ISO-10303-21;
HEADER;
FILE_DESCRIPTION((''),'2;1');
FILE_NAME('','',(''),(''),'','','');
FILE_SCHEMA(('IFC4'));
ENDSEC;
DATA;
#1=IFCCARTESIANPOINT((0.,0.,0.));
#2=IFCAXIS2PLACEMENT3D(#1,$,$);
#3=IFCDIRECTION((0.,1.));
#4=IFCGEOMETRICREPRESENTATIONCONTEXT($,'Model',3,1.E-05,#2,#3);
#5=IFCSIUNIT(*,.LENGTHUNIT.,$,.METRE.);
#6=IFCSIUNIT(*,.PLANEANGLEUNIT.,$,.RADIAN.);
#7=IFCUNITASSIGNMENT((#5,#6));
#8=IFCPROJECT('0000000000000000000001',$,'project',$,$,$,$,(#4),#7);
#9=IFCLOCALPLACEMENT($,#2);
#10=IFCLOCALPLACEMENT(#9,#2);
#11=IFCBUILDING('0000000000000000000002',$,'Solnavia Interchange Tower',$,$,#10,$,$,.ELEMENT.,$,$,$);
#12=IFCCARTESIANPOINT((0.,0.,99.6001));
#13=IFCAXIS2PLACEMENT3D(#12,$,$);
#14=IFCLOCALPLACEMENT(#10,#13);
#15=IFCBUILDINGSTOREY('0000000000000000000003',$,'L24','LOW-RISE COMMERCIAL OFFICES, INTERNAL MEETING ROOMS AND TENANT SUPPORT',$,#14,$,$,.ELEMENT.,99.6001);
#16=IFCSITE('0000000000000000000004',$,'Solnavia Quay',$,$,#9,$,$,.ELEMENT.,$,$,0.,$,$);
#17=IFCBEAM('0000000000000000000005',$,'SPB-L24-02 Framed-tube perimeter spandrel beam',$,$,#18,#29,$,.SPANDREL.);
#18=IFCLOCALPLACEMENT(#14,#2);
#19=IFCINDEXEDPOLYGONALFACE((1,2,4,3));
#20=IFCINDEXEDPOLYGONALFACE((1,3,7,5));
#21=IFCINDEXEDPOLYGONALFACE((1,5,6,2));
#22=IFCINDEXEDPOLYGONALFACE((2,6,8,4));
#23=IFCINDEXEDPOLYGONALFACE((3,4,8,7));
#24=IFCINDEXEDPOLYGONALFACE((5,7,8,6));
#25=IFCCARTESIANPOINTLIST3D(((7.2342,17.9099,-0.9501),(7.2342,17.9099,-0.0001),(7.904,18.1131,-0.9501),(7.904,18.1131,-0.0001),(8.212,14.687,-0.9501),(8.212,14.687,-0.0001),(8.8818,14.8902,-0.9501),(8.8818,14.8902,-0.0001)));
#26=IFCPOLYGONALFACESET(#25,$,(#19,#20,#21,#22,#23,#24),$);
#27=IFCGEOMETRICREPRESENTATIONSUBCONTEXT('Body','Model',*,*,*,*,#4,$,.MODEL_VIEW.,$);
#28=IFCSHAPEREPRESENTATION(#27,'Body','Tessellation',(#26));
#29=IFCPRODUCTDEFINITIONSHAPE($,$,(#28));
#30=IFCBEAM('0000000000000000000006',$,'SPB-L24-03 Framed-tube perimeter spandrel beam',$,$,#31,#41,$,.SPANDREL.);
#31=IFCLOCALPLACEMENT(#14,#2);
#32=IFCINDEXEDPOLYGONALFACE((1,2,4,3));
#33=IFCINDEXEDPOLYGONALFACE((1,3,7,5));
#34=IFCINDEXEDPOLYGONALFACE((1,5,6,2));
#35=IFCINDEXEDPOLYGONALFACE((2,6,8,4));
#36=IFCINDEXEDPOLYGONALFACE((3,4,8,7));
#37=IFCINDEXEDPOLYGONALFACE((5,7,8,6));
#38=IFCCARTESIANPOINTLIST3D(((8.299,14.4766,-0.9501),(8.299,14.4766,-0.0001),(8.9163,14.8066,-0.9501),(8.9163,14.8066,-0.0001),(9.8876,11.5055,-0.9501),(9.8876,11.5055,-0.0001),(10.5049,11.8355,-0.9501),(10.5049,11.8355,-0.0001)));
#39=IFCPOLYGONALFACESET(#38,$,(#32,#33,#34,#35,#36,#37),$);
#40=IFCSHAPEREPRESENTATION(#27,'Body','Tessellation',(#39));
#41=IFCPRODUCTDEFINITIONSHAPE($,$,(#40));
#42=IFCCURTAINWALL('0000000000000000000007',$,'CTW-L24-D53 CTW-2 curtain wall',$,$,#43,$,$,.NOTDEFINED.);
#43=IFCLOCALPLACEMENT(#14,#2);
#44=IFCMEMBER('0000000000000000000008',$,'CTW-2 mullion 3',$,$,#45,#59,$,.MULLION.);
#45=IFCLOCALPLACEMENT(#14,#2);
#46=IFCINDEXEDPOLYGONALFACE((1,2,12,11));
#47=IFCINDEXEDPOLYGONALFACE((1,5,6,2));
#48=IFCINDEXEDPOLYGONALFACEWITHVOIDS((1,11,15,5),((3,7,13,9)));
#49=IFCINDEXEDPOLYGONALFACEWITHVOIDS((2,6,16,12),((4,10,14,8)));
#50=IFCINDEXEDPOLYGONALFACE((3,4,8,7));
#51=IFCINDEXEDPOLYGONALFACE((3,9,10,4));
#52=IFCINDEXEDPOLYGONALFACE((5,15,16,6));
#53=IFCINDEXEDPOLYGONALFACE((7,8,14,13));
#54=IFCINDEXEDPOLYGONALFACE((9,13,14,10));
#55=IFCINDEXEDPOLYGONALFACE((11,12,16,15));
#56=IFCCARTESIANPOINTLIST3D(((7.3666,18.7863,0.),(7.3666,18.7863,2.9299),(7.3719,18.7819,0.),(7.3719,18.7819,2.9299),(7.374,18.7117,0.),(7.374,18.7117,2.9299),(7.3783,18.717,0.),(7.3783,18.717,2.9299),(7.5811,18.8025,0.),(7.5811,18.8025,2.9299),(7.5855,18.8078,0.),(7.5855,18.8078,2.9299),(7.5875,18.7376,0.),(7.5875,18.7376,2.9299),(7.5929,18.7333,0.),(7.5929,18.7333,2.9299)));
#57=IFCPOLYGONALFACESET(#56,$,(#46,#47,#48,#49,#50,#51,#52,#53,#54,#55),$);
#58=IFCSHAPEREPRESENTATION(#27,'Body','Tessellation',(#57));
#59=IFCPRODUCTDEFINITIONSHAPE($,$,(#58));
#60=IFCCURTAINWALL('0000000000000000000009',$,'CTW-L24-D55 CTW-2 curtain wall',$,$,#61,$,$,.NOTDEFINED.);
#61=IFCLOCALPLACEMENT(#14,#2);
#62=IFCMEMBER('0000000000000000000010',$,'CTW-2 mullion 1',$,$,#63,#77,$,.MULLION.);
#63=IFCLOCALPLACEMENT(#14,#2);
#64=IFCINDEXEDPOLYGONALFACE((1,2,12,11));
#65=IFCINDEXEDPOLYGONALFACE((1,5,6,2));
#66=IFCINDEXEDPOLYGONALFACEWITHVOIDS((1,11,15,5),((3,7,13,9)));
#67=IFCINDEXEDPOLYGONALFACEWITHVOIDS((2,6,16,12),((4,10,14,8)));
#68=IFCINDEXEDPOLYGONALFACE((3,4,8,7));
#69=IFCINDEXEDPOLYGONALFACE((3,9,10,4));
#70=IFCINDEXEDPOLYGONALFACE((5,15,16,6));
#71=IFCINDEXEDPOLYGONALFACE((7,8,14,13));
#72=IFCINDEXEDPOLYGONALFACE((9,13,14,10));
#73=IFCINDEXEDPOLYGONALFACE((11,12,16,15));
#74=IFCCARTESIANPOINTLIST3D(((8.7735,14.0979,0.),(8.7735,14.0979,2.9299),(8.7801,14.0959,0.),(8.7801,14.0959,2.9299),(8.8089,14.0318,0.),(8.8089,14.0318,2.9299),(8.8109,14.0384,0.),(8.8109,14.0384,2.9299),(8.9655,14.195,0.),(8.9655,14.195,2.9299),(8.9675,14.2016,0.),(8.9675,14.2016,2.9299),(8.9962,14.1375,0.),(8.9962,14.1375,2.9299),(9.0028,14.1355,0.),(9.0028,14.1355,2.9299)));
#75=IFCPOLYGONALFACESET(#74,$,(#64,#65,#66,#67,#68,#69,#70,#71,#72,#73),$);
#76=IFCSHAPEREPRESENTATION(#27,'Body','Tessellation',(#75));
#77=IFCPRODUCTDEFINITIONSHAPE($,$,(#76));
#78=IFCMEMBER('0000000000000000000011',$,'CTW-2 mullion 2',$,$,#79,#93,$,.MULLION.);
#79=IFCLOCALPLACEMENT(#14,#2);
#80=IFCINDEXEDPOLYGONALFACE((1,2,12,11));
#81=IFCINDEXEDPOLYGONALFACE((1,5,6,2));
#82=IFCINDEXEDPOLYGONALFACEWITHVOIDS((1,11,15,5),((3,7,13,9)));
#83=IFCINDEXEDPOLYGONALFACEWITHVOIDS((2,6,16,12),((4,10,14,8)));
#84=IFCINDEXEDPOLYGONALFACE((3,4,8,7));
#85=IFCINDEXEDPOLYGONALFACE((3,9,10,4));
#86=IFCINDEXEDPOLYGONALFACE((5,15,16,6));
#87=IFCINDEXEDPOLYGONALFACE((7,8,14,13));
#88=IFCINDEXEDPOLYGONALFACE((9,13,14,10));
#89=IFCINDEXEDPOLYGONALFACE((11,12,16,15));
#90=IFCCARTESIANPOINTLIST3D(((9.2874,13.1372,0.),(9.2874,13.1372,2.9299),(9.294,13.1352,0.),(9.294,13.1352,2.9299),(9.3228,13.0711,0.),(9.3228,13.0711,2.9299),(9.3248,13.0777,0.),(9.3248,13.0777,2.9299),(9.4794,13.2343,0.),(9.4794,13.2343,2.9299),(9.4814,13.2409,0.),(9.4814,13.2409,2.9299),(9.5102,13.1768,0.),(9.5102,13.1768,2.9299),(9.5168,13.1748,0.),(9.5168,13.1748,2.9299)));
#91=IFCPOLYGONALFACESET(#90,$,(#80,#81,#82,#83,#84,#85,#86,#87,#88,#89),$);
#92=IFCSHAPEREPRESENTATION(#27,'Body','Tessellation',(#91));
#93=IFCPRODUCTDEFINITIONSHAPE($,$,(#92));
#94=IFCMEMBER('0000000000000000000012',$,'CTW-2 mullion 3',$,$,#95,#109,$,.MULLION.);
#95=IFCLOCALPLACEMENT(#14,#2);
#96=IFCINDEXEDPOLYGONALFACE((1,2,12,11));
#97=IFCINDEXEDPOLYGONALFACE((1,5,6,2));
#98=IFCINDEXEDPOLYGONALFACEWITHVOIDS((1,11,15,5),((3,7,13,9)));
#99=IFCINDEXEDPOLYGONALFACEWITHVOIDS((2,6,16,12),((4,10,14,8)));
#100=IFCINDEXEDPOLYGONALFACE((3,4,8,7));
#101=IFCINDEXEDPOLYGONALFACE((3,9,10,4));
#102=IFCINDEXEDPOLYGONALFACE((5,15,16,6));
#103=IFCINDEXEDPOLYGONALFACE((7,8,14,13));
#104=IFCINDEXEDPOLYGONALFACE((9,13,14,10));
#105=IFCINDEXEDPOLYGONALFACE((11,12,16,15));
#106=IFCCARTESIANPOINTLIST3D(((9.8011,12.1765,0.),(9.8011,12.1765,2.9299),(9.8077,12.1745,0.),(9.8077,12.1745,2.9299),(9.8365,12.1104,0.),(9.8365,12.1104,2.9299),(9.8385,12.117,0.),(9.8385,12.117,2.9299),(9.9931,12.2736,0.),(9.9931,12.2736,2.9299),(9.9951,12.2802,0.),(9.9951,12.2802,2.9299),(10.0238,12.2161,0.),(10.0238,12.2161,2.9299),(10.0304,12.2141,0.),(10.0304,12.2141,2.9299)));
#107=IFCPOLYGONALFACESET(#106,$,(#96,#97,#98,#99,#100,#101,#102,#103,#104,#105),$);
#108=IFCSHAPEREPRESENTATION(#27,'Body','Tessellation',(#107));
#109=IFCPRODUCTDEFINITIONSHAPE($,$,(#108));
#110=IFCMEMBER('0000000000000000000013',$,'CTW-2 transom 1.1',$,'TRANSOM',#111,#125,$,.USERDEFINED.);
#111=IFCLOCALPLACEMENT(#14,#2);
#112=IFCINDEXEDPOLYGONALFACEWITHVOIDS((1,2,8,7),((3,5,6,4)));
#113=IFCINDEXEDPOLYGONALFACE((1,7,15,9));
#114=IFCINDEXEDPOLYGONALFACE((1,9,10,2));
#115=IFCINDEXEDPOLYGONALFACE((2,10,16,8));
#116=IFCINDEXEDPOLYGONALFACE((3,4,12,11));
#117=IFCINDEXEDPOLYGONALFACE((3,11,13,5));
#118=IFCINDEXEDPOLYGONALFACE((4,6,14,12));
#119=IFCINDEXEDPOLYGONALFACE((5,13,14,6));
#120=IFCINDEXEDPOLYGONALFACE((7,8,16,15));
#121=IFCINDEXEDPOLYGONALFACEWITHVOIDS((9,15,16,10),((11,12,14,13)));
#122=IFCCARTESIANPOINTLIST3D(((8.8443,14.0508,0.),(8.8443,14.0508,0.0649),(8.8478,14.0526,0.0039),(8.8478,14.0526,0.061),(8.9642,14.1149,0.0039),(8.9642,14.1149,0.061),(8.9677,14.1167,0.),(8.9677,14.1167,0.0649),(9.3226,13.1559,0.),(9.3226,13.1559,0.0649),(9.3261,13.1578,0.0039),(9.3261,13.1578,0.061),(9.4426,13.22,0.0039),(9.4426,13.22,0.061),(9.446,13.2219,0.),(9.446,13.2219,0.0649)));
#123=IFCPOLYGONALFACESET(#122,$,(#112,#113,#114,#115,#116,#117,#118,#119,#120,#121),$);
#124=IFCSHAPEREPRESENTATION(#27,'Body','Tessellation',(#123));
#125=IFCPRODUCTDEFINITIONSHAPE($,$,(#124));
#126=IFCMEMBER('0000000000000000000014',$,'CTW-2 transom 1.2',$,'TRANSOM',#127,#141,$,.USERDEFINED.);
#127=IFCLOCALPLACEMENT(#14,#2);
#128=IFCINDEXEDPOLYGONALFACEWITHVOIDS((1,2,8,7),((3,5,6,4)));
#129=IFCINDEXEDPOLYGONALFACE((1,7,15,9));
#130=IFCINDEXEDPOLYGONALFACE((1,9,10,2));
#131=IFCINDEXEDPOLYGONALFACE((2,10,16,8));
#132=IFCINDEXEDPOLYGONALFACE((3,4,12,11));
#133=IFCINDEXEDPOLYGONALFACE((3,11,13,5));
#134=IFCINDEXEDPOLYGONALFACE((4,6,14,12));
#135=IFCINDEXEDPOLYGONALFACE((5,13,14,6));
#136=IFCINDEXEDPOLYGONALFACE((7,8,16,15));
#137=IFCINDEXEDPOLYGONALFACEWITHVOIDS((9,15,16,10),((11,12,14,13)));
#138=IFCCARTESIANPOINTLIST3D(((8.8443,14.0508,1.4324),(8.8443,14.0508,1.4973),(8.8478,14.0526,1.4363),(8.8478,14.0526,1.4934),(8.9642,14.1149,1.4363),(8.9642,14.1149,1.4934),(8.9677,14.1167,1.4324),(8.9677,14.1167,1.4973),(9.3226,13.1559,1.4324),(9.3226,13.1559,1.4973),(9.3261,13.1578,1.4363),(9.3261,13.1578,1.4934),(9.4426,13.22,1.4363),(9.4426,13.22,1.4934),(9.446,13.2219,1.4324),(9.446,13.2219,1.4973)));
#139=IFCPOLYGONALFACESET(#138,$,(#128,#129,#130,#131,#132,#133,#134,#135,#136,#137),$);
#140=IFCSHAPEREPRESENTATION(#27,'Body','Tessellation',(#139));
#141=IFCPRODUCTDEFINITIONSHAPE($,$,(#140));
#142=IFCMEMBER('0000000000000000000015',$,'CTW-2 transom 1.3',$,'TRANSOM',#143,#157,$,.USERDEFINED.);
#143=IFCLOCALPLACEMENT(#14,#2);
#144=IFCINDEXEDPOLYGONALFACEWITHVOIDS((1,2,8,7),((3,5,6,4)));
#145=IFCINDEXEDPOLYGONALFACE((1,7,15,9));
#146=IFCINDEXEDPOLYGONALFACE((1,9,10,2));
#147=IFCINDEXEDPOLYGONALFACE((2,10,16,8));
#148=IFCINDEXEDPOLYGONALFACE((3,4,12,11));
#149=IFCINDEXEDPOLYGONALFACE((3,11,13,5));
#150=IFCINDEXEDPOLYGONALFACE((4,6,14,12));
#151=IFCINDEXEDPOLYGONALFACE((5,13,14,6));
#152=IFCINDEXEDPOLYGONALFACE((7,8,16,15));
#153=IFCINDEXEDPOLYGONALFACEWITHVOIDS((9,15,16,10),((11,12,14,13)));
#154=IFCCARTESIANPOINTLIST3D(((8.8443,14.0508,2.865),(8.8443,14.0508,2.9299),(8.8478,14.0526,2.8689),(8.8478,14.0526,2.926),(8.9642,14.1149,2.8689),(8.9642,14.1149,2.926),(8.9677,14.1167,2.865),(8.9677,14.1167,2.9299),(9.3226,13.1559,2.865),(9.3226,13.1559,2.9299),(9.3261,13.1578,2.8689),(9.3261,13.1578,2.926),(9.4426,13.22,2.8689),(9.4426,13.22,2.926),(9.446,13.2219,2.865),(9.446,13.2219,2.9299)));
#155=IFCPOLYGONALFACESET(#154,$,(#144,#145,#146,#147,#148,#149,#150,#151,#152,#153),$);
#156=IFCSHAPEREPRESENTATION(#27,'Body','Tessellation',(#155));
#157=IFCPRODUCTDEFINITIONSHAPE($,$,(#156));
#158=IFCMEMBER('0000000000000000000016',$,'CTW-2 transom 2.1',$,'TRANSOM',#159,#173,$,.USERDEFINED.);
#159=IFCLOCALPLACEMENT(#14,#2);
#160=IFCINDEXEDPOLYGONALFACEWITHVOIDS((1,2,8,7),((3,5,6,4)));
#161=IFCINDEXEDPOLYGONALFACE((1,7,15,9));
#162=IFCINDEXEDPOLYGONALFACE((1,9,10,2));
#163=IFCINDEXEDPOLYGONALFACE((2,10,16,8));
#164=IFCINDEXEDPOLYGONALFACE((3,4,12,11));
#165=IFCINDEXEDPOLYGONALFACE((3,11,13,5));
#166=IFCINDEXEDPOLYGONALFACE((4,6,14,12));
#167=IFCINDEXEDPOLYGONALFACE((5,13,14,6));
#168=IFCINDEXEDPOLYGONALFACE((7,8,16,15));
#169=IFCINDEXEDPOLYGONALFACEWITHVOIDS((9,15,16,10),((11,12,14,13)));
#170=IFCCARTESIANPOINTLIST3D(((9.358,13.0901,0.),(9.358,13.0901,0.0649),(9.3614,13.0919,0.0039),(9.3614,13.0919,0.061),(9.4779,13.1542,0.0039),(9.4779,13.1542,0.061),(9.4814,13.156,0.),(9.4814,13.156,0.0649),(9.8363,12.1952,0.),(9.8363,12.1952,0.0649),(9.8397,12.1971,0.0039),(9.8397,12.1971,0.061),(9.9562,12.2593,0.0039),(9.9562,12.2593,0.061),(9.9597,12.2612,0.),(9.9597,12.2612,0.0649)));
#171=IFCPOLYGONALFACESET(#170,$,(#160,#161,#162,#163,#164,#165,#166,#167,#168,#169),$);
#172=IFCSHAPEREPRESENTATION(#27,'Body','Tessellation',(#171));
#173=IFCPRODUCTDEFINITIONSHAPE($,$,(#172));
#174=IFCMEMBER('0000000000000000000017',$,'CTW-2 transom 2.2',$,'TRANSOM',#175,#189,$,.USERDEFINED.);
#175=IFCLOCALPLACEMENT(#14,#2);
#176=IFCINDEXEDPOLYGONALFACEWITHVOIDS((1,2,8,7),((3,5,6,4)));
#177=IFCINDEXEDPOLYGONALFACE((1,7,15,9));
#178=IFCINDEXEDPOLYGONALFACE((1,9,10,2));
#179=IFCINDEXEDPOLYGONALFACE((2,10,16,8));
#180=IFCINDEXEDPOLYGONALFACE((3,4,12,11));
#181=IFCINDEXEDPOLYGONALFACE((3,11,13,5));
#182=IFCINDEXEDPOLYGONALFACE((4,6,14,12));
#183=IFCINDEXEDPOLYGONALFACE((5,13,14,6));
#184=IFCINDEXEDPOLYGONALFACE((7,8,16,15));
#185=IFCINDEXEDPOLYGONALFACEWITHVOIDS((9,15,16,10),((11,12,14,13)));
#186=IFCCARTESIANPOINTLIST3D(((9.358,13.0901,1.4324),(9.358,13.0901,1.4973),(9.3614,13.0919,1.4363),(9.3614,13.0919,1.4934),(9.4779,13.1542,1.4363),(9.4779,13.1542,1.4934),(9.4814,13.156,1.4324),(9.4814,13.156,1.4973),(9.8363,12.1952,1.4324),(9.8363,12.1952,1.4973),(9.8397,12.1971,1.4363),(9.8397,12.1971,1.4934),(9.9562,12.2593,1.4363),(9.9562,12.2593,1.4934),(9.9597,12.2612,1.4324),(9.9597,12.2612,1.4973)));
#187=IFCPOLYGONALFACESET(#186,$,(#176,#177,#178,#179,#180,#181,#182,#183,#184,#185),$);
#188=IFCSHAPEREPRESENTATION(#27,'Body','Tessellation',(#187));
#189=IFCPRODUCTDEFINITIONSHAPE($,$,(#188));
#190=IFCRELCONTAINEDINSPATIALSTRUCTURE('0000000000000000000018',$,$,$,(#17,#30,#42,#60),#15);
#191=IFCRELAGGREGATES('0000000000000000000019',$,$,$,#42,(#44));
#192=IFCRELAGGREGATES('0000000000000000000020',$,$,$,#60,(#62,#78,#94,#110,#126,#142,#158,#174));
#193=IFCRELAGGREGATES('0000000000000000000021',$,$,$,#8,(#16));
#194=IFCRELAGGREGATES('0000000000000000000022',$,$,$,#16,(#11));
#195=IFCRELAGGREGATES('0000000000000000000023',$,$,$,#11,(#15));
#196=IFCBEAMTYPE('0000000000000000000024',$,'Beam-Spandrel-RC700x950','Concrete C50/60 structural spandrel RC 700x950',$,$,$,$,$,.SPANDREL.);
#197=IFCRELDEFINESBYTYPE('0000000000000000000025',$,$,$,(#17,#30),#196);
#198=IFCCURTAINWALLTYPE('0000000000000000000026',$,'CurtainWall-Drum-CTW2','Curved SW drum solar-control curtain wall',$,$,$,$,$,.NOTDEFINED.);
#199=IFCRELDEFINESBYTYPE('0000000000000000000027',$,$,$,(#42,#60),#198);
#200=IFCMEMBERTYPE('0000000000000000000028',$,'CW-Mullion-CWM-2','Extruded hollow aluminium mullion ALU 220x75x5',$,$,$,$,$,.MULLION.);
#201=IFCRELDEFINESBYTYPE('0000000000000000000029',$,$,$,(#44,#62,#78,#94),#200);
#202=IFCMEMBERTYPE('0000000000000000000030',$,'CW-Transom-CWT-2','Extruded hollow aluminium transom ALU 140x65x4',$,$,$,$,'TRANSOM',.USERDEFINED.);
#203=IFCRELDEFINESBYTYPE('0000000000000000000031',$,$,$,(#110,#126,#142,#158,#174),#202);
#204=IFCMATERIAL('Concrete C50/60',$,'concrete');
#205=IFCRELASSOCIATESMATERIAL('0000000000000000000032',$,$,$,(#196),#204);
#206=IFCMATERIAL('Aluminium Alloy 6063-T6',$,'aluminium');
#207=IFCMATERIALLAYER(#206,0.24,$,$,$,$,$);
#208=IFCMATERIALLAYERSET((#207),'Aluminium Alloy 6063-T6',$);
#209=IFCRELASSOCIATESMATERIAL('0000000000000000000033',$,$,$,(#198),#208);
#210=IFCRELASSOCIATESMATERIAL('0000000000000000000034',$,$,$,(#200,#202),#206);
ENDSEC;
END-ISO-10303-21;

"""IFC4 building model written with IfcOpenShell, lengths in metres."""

from ifc_helpers import new_model, si_unit, direction, frame, origin, origin_2d, place, context, subcontext, project, spatial, rectangle, hollow_rectangle, extrude, material, layer, layer_set, material_profile, profile_set, type_object, element, aggregate, save


model = new_model("IFC4")

# Units and contexts
model_context = context("Model", 3, precision=1e-05, world=origin(), true_north=direction((0.0, 1.0)))
body_context = subcontext(model_context, "Body", "Model", "MODEL_VIEW")
ifc_project = project(units=[si_unit("LENGTHUNIT", "METRE"), si_unit("PLANEANGLEUNIT", "RADIAN")], contexts=[model_context])

# Site, building, storey
site_placement = place(None, origin())
site = spatial("IfcSite", under=ifc_project, at=site_placement, Name="Solnavia Quay", CompositionType="ELEMENT", RefElevation=0.0)
building_placement = place(site_placement, origin())
building = spatial("IfcBuilding", under=site, at=building_placement, Name="Solnavia Interchange Tower", CompositionType="ELEMENT")
storey_placement = place(building_placement, frame((0.0, 0.0, 99.6001)))
storey = spatial("IfcBuildingStorey", under=building, at=storey_placement, Name="L24", Description="LOW-RISE COMMERCIAL OFFICES, INTERNAL MEETING ROOMS AND TENANT SUPPORT", CompositionType="ELEMENT", Elevation=99.6001)

# Beams
ifc_material_1 = material(Name="Concrete C50/60", Category="concrete")
ifc_material_profile_1 = material_profile(ifc_material_1, rectangle(XDim=0.7, YDim=0.95, at=origin_2d()), Name="RC 700x950")
ifc_profile_set_1 = profile_set([ifc_material_profile_1], Name="Concrete C50/60")
beam_type_1 = type_object("IfcBeamType", Name="Beam-Spandrel-RC700x950", Description="Concrete C50/60 structural spandrel RC 700x950", PredefinedType="SPANDREL", material=ifc_profile_set_1)
beam_1_placement = place(storey_placement, frame((7.5691, 18.0115, -0.4751), z_axis=(0.290319, -0.95693, 0.0), x_axis=(0.95693, 0.290319, 0.0)))
element("IfcBeam", 1, at=beam_1_placement, inside=storey, type_object=beam_type_1, Name="SPB-L24-02 Framed-tube perimeter spandrel beam", PredefinedType="SPANDREL", context=body_context, shape_type="SweptSolid", body=[
    extrude(rectangle(XDim=0.7, YDim=0.95, at=origin_2d()), origin(), (0.0, 0.0, 1.0), 3.3679),
])
beam_2_placement = place(storey_placement, frame((8.6077, 14.6416, -0.4751), z_axis=(0.471509, -0.881861, 0.0), x_axis=(0.881861, 0.471509, 0.0)))
element("IfcBeam", 2, at=beam_2_placement, inside=storey, type_object=beam_type_1, Name="SPB-L24-03 Framed-tube perimeter spandrel beam", PredefinedType="SPANDREL", context=body_context, shape_type="SweptSolid", body=[
    extrude(rectangle(XDim=0.7, YDim=0.95, at=origin_2d()), origin(), (0.0, 0.0, 1.0), 3.3691),
])

# Curtain wall, member
ifc_material_2 = material(Name="Aluminium Alloy 6063-T6", Category="aluminium")
ifc_layer_1 = layer(ifc_material_2, 0.24)
ifc_layer_set_1 = layer_set([ifc_layer_1], Name="Aluminium Alloy 6063-T6")
curtain_wall_type = type_object("IfcCurtainWallType", Name="CurtainWall-Drum-CTW2", Description="Curved SW drum solar-control curtain wall", PredefinedType="NOTDEFINED", material=ifc_layer_set_1)
curtain_wall_1_placement = place(storey_placement, origin())
curtain_wall_1 = element("IfcCurtainWall", 3, at=curtain_wall_1_placement, inside=storey, type_object=curtain_wall_type, Name="CTW-L24-D53 CTW-2 curtain wall", PredefinedType="NOTDEFINED")
ifc_material_profile_2 = material_profile(ifc_material_2, hollow_rectangle(XDim=0.075, YDim=0.22, WallThickness=0.0049, at=origin_2d()), Name="ALU 220x75x5")
ifc_profile_set_2 = profile_set([ifc_material_profile_2], Name="Aluminium Alloy 6063-T6")
member_type_1 = type_object("IfcMemberType", Name="CW-Mullion-CWM-2", Description="Extruded hollow aluminium mullion ALU 220x75x5", PredefinedType="MULLION", material=ifc_profile_set_2)
member_1_placement = place(storey_placement, frame((7.4797, 18.7598, 0.0), z_axis=(0.0, 0.0, 1.0), x_axis=(0.098045, -0.995182, 0.0)))
member_1 = element("IfcMember", 4, at=member_1_placement, type_object=member_type_1, Name="CTW-2 mullion 3", PredefinedType="MULLION", context=body_context, shape_type="SweptSolid", body=[
    extrude(hollow_rectangle(XDim=0.075, YDim=0.22, WallThickness=0.0049, at=origin_2d()), origin(), (0.0, 0.0, 1.0), 2.9299),
])
aggregate(curtain_wall_1, [member_1])

# Curtain wall, members
curtain_wall_2_placement = place(storey_placement, origin())
curtain_wall_2 = element("IfcCurtainWall", 5, at=curtain_wall_2_placement, inside=storey, type_object=curtain_wall_type, Name="CTW-L24-D55 CTW-2 curtain wall", PredefinedType="NOTDEFINED")
member_2_placement = place(storey_placement, frame((8.8882, 14.1167, 0.0), z_axis=(0.0, 0.0, 1.0), x_axis=(0.471537, -0.881846, 0.0)))
member_2 = element("IfcMember", 6, at=member_2_placement, type_object=member_type_1, Name="CTW-2 mullion 1", PredefinedType="MULLION", context=body_context, shape_type="SweptSolid", body=[
    extrude(hollow_rectangle(XDim=0.075, YDim=0.22, WallThickness=0.0049, at=origin_2d()), origin(), (0.0, 0.0, 1.0), 2.9299),
])
member_3_placement = place(storey_placement, frame((9.4021, 13.156, 0.0), z_axis=(0.0, 0.0, 1.0), x_axis=(0.471537, -0.881846, 0.0)))
member_3 = element("IfcMember", 7, at=member_3_placement, type_object=member_type_1, Name="CTW-2 mullion 2", PredefinedType="MULLION", context=body_context, shape_type="SweptSolid", body=[
    extrude(hollow_rectangle(XDim=0.075, YDim=0.22, WallThickness=0.0049, at=origin_2d()), origin(), (0.0, 0.0, 1.0), 2.9299),
])
member_4_placement = place(storey_placement, frame((9.9158, 12.1953, 0.0), z_axis=(0.0, 0.0, 1.0), x_axis=(0.471537, -0.881846, 0.0)))
member_4 = element("IfcMember", 8, at=member_4_placement, type_object=member_type_1, Name="CTW-2 mullion 3", PredefinedType="MULLION", context=body_context, shape_type="SweptSolid", body=[
    extrude(hollow_rectangle(XDim=0.075, YDim=0.22, WallThickness=0.0049, at=origin_2d()), origin(), (0.0, 0.0, 1.0), 2.9299),
])
ifc_material_profile_3 = material_profile(ifc_material_2, hollow_rectangle(XDim=0.0649, YDim=0.1399, WallThickness=0.0039, at=origin_2d()), Name="ALU 140x65x4")
ifc_profile_set_3 = profile_set([ifc_material_profile_3], Name="Aluminium Alloy 6063-T6")
member_type_2 = type_object("IfcMemberType", Name="CW-Transom-CWT-2", Description="Extruded hollow aluminium transom ALU 140x65x4", ElementType="TRANSOM", PredefinedType="USERDEFINED", material=ifc_profile_set_3)
member_5_placement = place(storey_placement, frame((8.906, 14.0837, 0.0325), z_axis=(0.4714, -0.88192, 0.0), x_axis=(0.0, 0.0, 1.0)))
member_5 = element("IfcMember", 9, at=member_5_placement, type_object=member_type_2, Name="CTW-2 transom 1.1", ObjectType="TRANSOM", PredefinedType="USERDEFINED", context=body_context, shape_type="SweptSolid", body=[
    extrude(hollow_rectangle(XDim=0.0649, YDim=0.1399, WallThickness=0.0039, at=origin_2d()), origin(), (0.0, 0.0, 1.0), 1.0146),
])
member_6_placement = place(storey_placement, frame((8.906, 14.0837, 1.4648), z_axis=(0.4714, -0.88192, 0.0), x_axis=(0.0, 0.0, 1.0)))
member_6 = element("IfcMember", 10, at=member_6_placement, type_object=member_type_2, Name="CTW-2 transom 1.2", ObjectType="TRANSOM", PredefinedType="USERDEFINED", context=body_context, shape_type="SweptSolid", body=[
    extrude(hollow_rectangle(XDim=0.0649, YDim=0.1399, WallThickness=0.0039, at=origin_2d()), origin(), (0.0, 0.0, 1.0), 1.0146),
])
member_7_placement = place(storey_placement, frame((8.906, 14.0837, 2.8975), z_axis=(0.4714, -0.88192, 0.0), x_axis=(0.0, 0.0, 1.0)))
member_7 = element("IfcMember", 11, at=member_7_placement, type_object=member_type_2, Name="CTW-2 transom 1.3", ObjectType="TRANSOM", PredefinedType="USERDEFINED", context=body_context, shape_type="SweptSolid", body=[
    extrude(hollow_rectangle(XDim=0.0649, YDim=0.1399, WallThickness=0.0039, at=origin_2d()), origin(), (0.0, 0.0, 1.0), 1.0146),
])
member_8_placement = place(storey_placement, frame((9.4197, 13.123, 0.0325), z_axis=(0.4714, -0.88192, 0.0), x_axis=(0.0, 0.0, 1.0)))
member_8 = element("IfcMember", 12, at=member_8_placement, type_object=member_type_2, Name="CTW-2 transom 2.1", ObjectType="TRANSOM", PredefinedType="USERDEFINED", context=body_context, shape_type="SweptSolid", body=[
    extrude(hollow_rectangle(XDim=0.0649, YDim=0.1399, WallThickness=0.0039, at=origin_2d()), origin(), (0.0, 0.0, 1.0), 1.0146),
])
member_9_placement = place(storey_placement, frame((9.4197, 13.123, 1.4648), z_axis=(0.4714, -0.88192, 0.0), x_axis=(0.0, 0.0, 1.0)))
member_9 = element("IfcMember", 13, at=member_9_placement, type_object=member_type_2, Name="CTW-2 transom 2.2", ObjectType="TRANSOM", PredefinedType="USERDEFINED", context=body_context, shape_type="SweptSolid", body=[
    extrude(hollow_rectangle(XDim=0.0649, YDim=0.1399, WallThickness=0.0039, at=origin_2d()), origin(), (0.0, 0.0, 1.0), 1.0146),
])
aggregate(curtain_wall_2, [member_2, member_3, member_4, member_5, member_6, member_7, member_8, member_9])

save(model, "model.ifc")
